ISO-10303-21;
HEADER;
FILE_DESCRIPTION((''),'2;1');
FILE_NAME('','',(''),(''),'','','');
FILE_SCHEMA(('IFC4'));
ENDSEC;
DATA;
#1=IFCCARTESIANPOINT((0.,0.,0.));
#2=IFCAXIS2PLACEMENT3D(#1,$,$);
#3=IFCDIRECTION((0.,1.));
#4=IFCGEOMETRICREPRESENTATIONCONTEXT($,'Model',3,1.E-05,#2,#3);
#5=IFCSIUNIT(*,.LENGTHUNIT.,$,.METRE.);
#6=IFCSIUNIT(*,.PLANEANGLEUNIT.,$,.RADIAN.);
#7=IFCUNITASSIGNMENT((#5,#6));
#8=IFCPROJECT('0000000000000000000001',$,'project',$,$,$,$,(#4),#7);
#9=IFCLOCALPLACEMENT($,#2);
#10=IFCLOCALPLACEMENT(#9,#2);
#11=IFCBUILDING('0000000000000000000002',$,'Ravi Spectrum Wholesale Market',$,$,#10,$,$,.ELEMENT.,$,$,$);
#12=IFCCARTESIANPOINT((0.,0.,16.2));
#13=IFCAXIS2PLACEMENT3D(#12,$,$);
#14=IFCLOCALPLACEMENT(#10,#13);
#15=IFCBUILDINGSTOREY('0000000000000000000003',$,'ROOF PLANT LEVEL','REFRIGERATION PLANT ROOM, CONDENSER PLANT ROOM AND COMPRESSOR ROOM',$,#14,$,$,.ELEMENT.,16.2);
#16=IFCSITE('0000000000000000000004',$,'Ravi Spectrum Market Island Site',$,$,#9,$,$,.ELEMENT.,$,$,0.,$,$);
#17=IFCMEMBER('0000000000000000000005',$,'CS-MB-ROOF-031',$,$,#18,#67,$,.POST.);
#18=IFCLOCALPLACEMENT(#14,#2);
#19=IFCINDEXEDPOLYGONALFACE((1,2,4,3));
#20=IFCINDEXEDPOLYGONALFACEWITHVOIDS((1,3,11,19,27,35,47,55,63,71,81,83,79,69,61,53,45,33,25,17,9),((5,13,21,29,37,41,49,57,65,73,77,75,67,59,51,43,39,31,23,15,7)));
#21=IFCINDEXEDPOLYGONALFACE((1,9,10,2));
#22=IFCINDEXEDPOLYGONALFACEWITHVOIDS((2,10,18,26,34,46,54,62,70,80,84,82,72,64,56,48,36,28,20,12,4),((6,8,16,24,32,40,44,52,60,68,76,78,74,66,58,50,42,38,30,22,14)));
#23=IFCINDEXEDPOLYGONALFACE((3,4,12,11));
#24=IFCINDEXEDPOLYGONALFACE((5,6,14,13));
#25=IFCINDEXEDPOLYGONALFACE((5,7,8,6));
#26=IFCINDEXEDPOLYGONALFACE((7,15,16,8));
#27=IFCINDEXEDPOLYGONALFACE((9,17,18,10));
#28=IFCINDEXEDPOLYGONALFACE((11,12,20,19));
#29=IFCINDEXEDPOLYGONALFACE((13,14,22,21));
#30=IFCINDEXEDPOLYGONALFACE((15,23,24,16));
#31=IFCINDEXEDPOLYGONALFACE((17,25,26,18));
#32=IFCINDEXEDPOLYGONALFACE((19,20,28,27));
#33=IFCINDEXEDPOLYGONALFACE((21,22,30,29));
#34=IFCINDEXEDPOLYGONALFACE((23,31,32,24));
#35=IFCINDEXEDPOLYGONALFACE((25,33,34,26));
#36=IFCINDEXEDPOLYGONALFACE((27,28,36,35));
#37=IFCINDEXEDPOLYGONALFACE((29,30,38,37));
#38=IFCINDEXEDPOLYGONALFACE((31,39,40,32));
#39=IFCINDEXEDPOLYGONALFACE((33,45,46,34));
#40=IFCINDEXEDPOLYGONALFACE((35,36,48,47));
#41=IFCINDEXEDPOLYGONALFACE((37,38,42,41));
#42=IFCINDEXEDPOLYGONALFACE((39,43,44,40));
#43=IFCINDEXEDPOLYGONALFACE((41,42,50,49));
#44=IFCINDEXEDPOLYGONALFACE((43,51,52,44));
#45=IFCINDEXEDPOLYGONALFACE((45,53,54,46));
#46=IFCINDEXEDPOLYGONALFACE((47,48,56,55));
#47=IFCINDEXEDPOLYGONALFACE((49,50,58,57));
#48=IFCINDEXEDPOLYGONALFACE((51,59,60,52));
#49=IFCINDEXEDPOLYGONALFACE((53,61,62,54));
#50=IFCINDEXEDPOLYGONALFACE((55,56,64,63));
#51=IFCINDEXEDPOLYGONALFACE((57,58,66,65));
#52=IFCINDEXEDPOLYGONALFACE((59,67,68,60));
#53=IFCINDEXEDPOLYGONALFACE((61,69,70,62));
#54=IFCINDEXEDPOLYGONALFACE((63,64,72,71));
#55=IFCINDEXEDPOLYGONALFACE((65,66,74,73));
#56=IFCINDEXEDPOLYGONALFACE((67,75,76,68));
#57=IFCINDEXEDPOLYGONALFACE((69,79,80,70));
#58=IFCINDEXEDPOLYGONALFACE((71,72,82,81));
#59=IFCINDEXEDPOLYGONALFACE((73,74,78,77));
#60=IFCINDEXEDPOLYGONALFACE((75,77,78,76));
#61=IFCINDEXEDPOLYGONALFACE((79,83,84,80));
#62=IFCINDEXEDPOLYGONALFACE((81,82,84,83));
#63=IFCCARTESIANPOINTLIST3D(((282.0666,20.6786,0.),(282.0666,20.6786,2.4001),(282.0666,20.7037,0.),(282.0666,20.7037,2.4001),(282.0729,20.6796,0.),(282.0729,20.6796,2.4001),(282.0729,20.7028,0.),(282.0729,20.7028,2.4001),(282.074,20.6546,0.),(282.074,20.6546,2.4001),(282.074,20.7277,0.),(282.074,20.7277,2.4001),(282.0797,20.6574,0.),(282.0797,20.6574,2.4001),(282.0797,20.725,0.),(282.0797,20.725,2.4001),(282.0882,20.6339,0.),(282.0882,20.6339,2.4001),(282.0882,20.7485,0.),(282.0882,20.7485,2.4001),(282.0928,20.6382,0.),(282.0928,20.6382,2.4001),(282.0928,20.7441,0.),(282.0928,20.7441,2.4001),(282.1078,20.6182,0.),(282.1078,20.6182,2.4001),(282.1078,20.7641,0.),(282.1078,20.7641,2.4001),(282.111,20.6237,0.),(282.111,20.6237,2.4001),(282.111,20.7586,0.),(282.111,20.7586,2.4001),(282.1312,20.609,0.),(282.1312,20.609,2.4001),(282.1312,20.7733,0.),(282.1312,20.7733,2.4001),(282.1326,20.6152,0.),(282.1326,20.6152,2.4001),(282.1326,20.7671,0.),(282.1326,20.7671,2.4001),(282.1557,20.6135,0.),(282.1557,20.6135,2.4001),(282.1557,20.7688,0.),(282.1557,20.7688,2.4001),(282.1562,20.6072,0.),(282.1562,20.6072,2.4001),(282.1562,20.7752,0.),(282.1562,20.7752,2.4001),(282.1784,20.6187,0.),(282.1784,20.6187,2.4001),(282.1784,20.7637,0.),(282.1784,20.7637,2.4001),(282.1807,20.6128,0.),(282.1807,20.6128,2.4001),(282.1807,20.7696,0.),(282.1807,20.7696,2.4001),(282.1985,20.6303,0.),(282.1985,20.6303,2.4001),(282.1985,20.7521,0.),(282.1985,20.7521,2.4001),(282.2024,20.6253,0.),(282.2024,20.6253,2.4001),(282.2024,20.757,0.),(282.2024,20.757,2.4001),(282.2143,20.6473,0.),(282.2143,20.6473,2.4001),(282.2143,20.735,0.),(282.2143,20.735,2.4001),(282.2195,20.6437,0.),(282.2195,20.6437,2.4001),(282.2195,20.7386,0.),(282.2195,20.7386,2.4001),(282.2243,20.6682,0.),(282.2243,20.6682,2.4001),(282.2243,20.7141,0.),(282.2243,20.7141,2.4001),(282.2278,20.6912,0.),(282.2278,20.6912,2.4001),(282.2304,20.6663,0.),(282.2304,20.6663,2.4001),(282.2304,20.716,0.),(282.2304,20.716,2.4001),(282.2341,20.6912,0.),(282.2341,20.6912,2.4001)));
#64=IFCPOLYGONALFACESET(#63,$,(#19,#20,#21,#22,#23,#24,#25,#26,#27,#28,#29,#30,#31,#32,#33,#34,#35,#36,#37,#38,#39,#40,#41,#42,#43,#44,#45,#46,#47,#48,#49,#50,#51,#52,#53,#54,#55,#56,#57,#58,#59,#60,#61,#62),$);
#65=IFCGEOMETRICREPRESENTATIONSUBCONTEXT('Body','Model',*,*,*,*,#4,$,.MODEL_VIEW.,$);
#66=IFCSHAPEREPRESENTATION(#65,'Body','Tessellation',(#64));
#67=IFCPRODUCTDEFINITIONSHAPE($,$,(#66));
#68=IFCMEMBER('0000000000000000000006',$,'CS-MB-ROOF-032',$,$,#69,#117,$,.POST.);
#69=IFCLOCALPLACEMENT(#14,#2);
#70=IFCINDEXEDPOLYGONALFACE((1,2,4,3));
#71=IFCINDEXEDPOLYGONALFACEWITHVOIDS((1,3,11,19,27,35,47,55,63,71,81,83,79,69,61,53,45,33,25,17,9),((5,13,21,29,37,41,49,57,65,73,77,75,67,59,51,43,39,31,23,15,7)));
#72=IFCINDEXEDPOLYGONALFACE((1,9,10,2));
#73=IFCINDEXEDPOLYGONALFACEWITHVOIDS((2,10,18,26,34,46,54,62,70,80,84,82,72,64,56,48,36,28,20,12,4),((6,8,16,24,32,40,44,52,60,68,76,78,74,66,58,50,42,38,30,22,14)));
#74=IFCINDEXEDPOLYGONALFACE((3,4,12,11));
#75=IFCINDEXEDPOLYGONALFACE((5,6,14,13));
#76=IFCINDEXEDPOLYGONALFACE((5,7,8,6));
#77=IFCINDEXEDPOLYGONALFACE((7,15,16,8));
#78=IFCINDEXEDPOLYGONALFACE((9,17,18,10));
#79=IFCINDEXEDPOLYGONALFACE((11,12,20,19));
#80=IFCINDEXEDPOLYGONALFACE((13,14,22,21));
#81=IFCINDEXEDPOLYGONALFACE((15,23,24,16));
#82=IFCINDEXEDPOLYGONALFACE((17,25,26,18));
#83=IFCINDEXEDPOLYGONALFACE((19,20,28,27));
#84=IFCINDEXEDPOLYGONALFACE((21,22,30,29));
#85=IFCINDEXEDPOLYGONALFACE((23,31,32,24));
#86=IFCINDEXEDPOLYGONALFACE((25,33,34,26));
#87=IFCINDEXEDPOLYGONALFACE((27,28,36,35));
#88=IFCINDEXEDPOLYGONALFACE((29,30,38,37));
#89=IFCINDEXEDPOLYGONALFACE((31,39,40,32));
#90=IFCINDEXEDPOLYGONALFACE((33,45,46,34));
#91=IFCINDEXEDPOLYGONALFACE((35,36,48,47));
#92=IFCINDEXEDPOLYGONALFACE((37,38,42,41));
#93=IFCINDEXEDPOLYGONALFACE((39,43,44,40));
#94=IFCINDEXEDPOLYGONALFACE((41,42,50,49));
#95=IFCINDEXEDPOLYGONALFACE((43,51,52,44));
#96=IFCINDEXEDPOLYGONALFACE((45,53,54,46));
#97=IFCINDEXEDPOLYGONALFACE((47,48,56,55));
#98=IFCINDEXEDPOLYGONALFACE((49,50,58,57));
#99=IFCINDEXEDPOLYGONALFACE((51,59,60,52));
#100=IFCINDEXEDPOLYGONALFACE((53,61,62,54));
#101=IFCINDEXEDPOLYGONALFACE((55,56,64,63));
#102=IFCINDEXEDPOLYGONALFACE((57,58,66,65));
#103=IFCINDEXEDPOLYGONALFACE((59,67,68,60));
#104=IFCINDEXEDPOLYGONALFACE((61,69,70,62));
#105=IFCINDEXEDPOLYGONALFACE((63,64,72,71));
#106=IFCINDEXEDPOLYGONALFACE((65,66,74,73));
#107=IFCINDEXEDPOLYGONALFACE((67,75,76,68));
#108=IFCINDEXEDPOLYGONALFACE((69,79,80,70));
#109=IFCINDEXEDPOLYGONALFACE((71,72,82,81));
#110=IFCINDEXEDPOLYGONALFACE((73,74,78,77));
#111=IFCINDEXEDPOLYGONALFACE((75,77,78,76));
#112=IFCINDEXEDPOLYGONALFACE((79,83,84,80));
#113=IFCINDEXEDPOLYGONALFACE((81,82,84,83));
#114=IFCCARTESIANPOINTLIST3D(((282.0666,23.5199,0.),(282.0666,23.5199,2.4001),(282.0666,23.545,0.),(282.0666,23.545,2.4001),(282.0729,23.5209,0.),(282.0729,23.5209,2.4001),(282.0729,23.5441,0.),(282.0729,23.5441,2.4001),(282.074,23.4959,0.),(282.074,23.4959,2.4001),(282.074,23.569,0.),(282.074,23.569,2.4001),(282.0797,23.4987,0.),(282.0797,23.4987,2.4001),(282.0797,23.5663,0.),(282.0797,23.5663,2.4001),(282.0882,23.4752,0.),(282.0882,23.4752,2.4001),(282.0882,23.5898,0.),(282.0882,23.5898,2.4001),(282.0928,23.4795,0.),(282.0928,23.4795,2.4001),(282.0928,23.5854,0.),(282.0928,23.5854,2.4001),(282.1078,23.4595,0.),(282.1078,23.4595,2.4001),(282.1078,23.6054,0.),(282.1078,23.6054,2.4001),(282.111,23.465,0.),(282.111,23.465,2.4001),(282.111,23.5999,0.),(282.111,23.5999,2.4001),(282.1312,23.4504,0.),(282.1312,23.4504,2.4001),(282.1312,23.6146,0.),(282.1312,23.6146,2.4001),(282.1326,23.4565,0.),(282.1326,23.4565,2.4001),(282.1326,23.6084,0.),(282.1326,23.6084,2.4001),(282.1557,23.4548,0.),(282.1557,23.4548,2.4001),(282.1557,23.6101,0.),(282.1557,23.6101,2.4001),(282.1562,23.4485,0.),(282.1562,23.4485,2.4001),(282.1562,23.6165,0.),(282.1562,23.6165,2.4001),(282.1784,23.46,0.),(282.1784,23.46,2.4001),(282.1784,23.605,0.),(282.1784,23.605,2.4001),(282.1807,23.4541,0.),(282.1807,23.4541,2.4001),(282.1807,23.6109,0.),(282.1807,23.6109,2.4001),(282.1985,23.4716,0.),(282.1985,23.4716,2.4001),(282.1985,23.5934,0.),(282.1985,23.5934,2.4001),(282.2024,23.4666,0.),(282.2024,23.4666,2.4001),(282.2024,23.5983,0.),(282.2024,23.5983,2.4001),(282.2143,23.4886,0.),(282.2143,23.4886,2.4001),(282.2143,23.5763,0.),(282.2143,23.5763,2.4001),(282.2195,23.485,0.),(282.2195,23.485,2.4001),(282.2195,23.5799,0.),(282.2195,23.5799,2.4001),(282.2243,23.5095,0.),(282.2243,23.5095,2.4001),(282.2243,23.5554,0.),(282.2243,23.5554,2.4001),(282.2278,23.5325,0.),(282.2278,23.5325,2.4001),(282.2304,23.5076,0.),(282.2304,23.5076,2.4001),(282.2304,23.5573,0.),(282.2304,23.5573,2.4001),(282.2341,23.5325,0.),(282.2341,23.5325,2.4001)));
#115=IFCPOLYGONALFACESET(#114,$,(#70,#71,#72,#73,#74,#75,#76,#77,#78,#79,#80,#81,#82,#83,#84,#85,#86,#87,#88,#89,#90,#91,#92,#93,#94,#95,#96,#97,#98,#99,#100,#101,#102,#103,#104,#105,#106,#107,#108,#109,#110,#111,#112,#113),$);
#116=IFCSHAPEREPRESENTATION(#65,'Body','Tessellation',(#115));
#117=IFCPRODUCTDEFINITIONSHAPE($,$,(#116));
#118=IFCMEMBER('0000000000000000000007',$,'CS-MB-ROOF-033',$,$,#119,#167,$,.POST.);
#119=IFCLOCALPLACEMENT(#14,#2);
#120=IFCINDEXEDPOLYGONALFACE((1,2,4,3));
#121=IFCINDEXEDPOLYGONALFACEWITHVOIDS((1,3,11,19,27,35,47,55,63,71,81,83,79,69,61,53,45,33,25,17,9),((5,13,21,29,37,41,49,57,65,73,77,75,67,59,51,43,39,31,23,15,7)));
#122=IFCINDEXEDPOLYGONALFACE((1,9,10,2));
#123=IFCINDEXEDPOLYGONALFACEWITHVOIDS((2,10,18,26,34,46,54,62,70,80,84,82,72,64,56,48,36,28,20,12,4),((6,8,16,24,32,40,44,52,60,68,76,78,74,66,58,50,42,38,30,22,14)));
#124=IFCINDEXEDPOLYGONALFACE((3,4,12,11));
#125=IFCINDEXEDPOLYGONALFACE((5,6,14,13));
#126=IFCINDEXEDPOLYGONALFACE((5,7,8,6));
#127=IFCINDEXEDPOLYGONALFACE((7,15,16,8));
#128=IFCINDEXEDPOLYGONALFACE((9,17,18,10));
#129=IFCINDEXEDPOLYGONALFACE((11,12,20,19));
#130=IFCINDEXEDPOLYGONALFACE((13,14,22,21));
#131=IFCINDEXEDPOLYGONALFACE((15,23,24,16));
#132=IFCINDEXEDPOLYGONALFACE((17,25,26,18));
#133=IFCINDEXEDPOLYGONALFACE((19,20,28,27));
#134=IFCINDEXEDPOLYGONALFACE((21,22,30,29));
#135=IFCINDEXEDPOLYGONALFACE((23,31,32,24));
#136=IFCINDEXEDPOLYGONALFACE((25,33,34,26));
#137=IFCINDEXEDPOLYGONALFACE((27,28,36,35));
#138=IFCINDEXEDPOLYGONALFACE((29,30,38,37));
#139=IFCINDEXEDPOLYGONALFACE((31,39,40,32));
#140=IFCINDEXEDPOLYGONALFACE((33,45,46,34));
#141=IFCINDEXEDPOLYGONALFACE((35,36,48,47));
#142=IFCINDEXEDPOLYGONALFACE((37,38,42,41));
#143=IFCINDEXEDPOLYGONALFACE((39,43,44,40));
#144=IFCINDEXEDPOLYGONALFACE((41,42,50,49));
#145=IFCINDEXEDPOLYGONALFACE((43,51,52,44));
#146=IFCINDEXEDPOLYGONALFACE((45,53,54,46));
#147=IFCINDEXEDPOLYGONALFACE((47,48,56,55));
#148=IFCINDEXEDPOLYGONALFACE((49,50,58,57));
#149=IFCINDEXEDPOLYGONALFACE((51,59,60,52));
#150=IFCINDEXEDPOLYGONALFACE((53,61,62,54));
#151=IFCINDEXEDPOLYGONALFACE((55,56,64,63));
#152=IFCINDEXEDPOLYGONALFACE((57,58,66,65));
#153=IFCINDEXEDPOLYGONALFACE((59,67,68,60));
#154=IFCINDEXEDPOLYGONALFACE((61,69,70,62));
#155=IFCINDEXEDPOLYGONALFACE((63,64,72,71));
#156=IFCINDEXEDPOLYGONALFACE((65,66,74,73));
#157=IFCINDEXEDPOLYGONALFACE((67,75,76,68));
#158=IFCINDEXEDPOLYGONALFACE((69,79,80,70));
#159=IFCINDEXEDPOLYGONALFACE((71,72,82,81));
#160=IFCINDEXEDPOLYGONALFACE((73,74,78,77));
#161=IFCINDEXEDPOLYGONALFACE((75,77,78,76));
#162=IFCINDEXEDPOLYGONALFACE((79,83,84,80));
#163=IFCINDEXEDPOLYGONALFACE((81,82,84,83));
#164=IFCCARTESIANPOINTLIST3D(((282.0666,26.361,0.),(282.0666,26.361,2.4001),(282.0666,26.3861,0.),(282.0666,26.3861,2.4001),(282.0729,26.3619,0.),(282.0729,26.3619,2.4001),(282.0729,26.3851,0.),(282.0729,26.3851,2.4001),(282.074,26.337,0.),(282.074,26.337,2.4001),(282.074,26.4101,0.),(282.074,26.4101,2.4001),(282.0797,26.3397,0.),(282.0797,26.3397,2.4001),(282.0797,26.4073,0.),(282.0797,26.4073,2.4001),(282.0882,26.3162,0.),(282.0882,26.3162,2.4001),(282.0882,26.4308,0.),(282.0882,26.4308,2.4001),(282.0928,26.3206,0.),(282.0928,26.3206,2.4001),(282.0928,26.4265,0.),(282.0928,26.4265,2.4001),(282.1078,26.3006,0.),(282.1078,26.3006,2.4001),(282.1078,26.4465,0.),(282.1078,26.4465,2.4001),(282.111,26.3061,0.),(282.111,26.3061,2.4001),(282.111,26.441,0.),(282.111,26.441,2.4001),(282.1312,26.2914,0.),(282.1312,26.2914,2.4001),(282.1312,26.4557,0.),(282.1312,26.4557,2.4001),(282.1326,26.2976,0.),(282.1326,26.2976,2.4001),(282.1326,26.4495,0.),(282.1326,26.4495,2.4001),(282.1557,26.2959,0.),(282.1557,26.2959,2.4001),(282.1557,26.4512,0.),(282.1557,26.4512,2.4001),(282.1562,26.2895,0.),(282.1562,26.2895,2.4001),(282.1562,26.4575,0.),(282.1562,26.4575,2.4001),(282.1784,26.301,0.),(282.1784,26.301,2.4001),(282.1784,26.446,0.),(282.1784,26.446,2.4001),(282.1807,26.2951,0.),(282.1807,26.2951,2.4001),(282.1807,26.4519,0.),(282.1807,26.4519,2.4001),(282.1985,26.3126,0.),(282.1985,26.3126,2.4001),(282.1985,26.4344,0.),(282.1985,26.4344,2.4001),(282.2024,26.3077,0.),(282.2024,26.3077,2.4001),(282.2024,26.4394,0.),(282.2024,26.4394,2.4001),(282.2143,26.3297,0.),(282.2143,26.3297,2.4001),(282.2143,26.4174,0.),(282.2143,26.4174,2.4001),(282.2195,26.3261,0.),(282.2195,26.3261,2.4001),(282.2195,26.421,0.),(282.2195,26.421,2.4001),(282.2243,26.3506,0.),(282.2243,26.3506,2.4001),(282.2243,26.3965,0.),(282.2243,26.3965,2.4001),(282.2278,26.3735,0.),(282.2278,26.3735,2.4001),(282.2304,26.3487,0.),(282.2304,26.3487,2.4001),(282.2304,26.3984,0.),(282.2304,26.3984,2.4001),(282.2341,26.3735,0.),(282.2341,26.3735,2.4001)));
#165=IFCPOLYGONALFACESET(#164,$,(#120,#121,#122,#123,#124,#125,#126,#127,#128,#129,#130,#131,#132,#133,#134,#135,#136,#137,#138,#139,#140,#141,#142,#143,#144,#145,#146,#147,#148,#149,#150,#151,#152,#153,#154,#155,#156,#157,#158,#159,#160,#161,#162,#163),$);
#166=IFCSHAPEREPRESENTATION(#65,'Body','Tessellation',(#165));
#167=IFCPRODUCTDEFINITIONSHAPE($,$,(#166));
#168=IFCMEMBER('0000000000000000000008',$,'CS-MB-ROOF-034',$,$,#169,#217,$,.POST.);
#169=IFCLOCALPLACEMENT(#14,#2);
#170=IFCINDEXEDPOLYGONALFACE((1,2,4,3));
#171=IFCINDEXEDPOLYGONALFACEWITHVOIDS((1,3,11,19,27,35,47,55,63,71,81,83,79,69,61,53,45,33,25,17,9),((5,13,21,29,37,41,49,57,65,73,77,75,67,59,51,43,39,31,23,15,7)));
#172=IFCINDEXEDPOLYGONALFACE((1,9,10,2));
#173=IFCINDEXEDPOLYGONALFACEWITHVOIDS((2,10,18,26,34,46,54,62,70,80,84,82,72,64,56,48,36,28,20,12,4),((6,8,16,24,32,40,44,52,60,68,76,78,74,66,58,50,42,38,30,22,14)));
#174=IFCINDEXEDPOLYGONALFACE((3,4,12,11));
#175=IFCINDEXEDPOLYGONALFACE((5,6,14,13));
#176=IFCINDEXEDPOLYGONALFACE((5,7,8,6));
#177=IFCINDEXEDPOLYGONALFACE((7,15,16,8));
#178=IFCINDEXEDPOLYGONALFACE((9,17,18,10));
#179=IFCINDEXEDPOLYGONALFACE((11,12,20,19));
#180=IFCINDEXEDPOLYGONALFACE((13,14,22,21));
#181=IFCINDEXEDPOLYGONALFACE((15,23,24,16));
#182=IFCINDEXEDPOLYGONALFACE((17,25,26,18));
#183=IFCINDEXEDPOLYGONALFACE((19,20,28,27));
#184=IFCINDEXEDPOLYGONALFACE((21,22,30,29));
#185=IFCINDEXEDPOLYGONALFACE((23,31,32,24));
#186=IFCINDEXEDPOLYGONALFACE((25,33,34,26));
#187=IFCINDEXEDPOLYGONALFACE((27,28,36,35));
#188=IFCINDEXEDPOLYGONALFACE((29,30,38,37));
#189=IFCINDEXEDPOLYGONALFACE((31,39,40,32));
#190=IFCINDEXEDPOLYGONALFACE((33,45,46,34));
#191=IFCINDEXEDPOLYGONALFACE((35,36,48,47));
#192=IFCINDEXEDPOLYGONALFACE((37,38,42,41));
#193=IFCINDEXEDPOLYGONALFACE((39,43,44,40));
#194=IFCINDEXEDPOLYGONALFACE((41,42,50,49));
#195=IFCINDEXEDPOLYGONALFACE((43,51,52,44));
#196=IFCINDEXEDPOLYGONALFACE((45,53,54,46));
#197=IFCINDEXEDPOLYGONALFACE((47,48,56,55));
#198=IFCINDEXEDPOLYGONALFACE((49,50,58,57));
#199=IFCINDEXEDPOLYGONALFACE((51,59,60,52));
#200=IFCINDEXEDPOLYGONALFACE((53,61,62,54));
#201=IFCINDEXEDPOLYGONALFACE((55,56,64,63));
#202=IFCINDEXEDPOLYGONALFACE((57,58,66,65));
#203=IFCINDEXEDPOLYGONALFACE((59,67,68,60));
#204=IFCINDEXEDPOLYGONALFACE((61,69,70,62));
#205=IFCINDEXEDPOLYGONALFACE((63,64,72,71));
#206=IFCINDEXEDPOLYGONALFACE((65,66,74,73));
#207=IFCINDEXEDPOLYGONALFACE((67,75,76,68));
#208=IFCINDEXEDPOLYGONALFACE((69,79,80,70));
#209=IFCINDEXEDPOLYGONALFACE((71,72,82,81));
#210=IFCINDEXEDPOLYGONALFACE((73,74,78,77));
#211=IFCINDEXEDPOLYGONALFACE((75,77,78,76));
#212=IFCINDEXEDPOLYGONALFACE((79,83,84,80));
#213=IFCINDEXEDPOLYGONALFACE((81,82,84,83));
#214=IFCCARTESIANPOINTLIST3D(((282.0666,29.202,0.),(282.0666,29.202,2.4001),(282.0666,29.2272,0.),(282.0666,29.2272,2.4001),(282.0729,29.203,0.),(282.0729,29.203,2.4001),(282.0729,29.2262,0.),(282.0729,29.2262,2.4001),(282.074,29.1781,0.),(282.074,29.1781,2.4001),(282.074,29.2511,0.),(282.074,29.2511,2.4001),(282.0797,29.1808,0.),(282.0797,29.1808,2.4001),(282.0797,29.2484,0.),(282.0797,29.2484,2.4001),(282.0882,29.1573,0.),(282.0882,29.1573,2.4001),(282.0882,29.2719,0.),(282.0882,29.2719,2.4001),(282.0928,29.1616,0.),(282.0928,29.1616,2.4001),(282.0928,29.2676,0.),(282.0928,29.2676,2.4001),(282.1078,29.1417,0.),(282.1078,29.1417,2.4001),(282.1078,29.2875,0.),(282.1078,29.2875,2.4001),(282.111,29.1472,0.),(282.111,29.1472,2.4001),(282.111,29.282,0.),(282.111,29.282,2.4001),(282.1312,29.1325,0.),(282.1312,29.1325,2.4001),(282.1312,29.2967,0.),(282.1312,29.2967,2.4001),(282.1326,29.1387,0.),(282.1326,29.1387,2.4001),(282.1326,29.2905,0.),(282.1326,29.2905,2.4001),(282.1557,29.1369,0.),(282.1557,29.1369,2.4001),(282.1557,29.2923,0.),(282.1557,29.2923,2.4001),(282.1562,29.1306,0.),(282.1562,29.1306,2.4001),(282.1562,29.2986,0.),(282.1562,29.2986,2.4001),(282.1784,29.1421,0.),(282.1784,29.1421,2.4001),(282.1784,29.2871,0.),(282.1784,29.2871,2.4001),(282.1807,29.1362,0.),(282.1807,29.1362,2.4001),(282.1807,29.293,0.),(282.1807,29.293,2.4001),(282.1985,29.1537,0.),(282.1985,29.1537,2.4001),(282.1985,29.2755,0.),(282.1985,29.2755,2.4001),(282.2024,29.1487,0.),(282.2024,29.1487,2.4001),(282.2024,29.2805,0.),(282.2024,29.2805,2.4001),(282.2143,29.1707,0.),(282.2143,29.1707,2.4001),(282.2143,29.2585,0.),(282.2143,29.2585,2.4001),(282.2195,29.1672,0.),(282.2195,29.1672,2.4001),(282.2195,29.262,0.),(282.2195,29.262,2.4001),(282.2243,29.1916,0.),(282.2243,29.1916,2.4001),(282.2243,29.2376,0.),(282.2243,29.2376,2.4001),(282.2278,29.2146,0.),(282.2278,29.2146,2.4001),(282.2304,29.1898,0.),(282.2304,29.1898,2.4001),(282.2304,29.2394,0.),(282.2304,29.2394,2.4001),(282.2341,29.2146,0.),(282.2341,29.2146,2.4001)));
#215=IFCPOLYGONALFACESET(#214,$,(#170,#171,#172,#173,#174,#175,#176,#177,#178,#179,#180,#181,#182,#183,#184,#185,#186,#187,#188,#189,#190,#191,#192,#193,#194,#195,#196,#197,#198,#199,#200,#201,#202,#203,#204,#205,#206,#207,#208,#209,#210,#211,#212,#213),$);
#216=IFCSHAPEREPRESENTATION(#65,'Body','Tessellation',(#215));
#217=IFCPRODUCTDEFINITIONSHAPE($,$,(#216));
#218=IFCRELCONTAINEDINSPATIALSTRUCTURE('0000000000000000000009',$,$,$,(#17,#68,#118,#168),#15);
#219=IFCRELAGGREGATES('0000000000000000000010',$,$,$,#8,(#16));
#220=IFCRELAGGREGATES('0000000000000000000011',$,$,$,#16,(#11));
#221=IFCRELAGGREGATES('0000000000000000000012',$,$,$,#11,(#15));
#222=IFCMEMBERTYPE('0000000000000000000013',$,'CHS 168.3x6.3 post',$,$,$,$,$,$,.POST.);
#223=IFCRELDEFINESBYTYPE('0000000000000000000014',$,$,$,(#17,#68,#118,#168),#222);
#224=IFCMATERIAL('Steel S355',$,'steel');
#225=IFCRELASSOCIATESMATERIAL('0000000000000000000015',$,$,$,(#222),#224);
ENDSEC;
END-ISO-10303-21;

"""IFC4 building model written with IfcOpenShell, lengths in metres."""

from ifc_helpers import new_model, si_unit, direction, frame, origin, origin_2d, place, context, subcontext, project, spatial, hollow_circle, extrude, material, material_profile, profile_set, type_object, element, save


model = new_model("IFC4")

# Units and contexts
model_context = context("Model", 3, precision=1e-05, world=origin(), true_north=direction((0.0, 1.0)))
body_context = subcontext(model_context, "Body", "Model", "MODEL_VIEW")
ifc_project = project(units=[si_unit("LENGTHUNIT", "METRE"), si_unit("PLANEANGLEUNIT", "RADIAN")], contexts=[model_context])

# Site, building, storey
site_placement = place(None, origin())
site = spatial("IfcSite", under=ifc_project, at=site_placement, Name="Ravi Spectrum Market Island Site", CompositionType="ELEMENT", RefElevation=0.0)
building_placement = place(site_placement, origin())
building = spatial("IfcBuilding", under=site, at=building_placement, Name="Ravi Spectrum Wholesale Market", CompositionType="ELEMENT")
storey_placement = place(building_placement, frame((0.0, 0.0, 16.2)))
storey = spatial("IfcBuildingStorey", under=building, at=storey_placement, Name="ROOF PLANT LEVEL", Description="REFRIGERATION PLANT ROOM, CONDENSER PLANT ROOM AND COMPRESSOR ROOM", CompositionType="ELEMENT", Elevation=16.2)

# Members
ifc_material_1 = material(Name="Steel S355", Category="steel")
ifc_material_profile_1 = material_profile(ifc_material_1, hollow_circle(Radius=0.0842, WallThickness=0.0063, at=origin_2d()))
ifc_profile_set_1 = profile_set([ifc_material_profile_1], Name="Steel S355")
member_type_1 = type_object("IfcMemberType", Name="CHS 168.3x6.3 post", PredefinedType="POST", material=ifc_profile_set_1)
for number, where, z_axis, x_axis, name in (
    (1, (282.1499, 20.6912, 0.0), (0.0, 0.0, 1.0), (1.0, 0.0, 0.0), "CS-MB-ROOF-031"),
    (2, (282.1499, 23.5325, 0.0), (0.0, 0.0, 1.0), (1.0, 0.0, 0.0), "CS-MB-ROOF-032"),
    (3, (282.1499, 26.3735, 0.0), (0.0, 0.0, 1.0), (1.0, 0.0, 0.0), "CS-MB-ROOF-033"),
    (4, (282.1499, 29.2146, 0.0), (0.0, 0.0, 1.0), (1.0, 0.0, 0.0), "CS-MB-ROOF-034"),
):
    element("IfcMember", number, at=place(storey_placement, frame(where, z_axis=z_axis, x_axis=x_axis)), inside=storey, type_object=member_type_1, Name=name, PredefinedType="POST", context=body_context, shape_type="SweptSolid", body=[
        extrude(hollow_circle(Radius=0.0842, WallThickness=0.0063, at=origin_2d()), origin(), (0.0, 0.0, 1.0), 2.4001),
    ])

save(model, "model.ifc")
